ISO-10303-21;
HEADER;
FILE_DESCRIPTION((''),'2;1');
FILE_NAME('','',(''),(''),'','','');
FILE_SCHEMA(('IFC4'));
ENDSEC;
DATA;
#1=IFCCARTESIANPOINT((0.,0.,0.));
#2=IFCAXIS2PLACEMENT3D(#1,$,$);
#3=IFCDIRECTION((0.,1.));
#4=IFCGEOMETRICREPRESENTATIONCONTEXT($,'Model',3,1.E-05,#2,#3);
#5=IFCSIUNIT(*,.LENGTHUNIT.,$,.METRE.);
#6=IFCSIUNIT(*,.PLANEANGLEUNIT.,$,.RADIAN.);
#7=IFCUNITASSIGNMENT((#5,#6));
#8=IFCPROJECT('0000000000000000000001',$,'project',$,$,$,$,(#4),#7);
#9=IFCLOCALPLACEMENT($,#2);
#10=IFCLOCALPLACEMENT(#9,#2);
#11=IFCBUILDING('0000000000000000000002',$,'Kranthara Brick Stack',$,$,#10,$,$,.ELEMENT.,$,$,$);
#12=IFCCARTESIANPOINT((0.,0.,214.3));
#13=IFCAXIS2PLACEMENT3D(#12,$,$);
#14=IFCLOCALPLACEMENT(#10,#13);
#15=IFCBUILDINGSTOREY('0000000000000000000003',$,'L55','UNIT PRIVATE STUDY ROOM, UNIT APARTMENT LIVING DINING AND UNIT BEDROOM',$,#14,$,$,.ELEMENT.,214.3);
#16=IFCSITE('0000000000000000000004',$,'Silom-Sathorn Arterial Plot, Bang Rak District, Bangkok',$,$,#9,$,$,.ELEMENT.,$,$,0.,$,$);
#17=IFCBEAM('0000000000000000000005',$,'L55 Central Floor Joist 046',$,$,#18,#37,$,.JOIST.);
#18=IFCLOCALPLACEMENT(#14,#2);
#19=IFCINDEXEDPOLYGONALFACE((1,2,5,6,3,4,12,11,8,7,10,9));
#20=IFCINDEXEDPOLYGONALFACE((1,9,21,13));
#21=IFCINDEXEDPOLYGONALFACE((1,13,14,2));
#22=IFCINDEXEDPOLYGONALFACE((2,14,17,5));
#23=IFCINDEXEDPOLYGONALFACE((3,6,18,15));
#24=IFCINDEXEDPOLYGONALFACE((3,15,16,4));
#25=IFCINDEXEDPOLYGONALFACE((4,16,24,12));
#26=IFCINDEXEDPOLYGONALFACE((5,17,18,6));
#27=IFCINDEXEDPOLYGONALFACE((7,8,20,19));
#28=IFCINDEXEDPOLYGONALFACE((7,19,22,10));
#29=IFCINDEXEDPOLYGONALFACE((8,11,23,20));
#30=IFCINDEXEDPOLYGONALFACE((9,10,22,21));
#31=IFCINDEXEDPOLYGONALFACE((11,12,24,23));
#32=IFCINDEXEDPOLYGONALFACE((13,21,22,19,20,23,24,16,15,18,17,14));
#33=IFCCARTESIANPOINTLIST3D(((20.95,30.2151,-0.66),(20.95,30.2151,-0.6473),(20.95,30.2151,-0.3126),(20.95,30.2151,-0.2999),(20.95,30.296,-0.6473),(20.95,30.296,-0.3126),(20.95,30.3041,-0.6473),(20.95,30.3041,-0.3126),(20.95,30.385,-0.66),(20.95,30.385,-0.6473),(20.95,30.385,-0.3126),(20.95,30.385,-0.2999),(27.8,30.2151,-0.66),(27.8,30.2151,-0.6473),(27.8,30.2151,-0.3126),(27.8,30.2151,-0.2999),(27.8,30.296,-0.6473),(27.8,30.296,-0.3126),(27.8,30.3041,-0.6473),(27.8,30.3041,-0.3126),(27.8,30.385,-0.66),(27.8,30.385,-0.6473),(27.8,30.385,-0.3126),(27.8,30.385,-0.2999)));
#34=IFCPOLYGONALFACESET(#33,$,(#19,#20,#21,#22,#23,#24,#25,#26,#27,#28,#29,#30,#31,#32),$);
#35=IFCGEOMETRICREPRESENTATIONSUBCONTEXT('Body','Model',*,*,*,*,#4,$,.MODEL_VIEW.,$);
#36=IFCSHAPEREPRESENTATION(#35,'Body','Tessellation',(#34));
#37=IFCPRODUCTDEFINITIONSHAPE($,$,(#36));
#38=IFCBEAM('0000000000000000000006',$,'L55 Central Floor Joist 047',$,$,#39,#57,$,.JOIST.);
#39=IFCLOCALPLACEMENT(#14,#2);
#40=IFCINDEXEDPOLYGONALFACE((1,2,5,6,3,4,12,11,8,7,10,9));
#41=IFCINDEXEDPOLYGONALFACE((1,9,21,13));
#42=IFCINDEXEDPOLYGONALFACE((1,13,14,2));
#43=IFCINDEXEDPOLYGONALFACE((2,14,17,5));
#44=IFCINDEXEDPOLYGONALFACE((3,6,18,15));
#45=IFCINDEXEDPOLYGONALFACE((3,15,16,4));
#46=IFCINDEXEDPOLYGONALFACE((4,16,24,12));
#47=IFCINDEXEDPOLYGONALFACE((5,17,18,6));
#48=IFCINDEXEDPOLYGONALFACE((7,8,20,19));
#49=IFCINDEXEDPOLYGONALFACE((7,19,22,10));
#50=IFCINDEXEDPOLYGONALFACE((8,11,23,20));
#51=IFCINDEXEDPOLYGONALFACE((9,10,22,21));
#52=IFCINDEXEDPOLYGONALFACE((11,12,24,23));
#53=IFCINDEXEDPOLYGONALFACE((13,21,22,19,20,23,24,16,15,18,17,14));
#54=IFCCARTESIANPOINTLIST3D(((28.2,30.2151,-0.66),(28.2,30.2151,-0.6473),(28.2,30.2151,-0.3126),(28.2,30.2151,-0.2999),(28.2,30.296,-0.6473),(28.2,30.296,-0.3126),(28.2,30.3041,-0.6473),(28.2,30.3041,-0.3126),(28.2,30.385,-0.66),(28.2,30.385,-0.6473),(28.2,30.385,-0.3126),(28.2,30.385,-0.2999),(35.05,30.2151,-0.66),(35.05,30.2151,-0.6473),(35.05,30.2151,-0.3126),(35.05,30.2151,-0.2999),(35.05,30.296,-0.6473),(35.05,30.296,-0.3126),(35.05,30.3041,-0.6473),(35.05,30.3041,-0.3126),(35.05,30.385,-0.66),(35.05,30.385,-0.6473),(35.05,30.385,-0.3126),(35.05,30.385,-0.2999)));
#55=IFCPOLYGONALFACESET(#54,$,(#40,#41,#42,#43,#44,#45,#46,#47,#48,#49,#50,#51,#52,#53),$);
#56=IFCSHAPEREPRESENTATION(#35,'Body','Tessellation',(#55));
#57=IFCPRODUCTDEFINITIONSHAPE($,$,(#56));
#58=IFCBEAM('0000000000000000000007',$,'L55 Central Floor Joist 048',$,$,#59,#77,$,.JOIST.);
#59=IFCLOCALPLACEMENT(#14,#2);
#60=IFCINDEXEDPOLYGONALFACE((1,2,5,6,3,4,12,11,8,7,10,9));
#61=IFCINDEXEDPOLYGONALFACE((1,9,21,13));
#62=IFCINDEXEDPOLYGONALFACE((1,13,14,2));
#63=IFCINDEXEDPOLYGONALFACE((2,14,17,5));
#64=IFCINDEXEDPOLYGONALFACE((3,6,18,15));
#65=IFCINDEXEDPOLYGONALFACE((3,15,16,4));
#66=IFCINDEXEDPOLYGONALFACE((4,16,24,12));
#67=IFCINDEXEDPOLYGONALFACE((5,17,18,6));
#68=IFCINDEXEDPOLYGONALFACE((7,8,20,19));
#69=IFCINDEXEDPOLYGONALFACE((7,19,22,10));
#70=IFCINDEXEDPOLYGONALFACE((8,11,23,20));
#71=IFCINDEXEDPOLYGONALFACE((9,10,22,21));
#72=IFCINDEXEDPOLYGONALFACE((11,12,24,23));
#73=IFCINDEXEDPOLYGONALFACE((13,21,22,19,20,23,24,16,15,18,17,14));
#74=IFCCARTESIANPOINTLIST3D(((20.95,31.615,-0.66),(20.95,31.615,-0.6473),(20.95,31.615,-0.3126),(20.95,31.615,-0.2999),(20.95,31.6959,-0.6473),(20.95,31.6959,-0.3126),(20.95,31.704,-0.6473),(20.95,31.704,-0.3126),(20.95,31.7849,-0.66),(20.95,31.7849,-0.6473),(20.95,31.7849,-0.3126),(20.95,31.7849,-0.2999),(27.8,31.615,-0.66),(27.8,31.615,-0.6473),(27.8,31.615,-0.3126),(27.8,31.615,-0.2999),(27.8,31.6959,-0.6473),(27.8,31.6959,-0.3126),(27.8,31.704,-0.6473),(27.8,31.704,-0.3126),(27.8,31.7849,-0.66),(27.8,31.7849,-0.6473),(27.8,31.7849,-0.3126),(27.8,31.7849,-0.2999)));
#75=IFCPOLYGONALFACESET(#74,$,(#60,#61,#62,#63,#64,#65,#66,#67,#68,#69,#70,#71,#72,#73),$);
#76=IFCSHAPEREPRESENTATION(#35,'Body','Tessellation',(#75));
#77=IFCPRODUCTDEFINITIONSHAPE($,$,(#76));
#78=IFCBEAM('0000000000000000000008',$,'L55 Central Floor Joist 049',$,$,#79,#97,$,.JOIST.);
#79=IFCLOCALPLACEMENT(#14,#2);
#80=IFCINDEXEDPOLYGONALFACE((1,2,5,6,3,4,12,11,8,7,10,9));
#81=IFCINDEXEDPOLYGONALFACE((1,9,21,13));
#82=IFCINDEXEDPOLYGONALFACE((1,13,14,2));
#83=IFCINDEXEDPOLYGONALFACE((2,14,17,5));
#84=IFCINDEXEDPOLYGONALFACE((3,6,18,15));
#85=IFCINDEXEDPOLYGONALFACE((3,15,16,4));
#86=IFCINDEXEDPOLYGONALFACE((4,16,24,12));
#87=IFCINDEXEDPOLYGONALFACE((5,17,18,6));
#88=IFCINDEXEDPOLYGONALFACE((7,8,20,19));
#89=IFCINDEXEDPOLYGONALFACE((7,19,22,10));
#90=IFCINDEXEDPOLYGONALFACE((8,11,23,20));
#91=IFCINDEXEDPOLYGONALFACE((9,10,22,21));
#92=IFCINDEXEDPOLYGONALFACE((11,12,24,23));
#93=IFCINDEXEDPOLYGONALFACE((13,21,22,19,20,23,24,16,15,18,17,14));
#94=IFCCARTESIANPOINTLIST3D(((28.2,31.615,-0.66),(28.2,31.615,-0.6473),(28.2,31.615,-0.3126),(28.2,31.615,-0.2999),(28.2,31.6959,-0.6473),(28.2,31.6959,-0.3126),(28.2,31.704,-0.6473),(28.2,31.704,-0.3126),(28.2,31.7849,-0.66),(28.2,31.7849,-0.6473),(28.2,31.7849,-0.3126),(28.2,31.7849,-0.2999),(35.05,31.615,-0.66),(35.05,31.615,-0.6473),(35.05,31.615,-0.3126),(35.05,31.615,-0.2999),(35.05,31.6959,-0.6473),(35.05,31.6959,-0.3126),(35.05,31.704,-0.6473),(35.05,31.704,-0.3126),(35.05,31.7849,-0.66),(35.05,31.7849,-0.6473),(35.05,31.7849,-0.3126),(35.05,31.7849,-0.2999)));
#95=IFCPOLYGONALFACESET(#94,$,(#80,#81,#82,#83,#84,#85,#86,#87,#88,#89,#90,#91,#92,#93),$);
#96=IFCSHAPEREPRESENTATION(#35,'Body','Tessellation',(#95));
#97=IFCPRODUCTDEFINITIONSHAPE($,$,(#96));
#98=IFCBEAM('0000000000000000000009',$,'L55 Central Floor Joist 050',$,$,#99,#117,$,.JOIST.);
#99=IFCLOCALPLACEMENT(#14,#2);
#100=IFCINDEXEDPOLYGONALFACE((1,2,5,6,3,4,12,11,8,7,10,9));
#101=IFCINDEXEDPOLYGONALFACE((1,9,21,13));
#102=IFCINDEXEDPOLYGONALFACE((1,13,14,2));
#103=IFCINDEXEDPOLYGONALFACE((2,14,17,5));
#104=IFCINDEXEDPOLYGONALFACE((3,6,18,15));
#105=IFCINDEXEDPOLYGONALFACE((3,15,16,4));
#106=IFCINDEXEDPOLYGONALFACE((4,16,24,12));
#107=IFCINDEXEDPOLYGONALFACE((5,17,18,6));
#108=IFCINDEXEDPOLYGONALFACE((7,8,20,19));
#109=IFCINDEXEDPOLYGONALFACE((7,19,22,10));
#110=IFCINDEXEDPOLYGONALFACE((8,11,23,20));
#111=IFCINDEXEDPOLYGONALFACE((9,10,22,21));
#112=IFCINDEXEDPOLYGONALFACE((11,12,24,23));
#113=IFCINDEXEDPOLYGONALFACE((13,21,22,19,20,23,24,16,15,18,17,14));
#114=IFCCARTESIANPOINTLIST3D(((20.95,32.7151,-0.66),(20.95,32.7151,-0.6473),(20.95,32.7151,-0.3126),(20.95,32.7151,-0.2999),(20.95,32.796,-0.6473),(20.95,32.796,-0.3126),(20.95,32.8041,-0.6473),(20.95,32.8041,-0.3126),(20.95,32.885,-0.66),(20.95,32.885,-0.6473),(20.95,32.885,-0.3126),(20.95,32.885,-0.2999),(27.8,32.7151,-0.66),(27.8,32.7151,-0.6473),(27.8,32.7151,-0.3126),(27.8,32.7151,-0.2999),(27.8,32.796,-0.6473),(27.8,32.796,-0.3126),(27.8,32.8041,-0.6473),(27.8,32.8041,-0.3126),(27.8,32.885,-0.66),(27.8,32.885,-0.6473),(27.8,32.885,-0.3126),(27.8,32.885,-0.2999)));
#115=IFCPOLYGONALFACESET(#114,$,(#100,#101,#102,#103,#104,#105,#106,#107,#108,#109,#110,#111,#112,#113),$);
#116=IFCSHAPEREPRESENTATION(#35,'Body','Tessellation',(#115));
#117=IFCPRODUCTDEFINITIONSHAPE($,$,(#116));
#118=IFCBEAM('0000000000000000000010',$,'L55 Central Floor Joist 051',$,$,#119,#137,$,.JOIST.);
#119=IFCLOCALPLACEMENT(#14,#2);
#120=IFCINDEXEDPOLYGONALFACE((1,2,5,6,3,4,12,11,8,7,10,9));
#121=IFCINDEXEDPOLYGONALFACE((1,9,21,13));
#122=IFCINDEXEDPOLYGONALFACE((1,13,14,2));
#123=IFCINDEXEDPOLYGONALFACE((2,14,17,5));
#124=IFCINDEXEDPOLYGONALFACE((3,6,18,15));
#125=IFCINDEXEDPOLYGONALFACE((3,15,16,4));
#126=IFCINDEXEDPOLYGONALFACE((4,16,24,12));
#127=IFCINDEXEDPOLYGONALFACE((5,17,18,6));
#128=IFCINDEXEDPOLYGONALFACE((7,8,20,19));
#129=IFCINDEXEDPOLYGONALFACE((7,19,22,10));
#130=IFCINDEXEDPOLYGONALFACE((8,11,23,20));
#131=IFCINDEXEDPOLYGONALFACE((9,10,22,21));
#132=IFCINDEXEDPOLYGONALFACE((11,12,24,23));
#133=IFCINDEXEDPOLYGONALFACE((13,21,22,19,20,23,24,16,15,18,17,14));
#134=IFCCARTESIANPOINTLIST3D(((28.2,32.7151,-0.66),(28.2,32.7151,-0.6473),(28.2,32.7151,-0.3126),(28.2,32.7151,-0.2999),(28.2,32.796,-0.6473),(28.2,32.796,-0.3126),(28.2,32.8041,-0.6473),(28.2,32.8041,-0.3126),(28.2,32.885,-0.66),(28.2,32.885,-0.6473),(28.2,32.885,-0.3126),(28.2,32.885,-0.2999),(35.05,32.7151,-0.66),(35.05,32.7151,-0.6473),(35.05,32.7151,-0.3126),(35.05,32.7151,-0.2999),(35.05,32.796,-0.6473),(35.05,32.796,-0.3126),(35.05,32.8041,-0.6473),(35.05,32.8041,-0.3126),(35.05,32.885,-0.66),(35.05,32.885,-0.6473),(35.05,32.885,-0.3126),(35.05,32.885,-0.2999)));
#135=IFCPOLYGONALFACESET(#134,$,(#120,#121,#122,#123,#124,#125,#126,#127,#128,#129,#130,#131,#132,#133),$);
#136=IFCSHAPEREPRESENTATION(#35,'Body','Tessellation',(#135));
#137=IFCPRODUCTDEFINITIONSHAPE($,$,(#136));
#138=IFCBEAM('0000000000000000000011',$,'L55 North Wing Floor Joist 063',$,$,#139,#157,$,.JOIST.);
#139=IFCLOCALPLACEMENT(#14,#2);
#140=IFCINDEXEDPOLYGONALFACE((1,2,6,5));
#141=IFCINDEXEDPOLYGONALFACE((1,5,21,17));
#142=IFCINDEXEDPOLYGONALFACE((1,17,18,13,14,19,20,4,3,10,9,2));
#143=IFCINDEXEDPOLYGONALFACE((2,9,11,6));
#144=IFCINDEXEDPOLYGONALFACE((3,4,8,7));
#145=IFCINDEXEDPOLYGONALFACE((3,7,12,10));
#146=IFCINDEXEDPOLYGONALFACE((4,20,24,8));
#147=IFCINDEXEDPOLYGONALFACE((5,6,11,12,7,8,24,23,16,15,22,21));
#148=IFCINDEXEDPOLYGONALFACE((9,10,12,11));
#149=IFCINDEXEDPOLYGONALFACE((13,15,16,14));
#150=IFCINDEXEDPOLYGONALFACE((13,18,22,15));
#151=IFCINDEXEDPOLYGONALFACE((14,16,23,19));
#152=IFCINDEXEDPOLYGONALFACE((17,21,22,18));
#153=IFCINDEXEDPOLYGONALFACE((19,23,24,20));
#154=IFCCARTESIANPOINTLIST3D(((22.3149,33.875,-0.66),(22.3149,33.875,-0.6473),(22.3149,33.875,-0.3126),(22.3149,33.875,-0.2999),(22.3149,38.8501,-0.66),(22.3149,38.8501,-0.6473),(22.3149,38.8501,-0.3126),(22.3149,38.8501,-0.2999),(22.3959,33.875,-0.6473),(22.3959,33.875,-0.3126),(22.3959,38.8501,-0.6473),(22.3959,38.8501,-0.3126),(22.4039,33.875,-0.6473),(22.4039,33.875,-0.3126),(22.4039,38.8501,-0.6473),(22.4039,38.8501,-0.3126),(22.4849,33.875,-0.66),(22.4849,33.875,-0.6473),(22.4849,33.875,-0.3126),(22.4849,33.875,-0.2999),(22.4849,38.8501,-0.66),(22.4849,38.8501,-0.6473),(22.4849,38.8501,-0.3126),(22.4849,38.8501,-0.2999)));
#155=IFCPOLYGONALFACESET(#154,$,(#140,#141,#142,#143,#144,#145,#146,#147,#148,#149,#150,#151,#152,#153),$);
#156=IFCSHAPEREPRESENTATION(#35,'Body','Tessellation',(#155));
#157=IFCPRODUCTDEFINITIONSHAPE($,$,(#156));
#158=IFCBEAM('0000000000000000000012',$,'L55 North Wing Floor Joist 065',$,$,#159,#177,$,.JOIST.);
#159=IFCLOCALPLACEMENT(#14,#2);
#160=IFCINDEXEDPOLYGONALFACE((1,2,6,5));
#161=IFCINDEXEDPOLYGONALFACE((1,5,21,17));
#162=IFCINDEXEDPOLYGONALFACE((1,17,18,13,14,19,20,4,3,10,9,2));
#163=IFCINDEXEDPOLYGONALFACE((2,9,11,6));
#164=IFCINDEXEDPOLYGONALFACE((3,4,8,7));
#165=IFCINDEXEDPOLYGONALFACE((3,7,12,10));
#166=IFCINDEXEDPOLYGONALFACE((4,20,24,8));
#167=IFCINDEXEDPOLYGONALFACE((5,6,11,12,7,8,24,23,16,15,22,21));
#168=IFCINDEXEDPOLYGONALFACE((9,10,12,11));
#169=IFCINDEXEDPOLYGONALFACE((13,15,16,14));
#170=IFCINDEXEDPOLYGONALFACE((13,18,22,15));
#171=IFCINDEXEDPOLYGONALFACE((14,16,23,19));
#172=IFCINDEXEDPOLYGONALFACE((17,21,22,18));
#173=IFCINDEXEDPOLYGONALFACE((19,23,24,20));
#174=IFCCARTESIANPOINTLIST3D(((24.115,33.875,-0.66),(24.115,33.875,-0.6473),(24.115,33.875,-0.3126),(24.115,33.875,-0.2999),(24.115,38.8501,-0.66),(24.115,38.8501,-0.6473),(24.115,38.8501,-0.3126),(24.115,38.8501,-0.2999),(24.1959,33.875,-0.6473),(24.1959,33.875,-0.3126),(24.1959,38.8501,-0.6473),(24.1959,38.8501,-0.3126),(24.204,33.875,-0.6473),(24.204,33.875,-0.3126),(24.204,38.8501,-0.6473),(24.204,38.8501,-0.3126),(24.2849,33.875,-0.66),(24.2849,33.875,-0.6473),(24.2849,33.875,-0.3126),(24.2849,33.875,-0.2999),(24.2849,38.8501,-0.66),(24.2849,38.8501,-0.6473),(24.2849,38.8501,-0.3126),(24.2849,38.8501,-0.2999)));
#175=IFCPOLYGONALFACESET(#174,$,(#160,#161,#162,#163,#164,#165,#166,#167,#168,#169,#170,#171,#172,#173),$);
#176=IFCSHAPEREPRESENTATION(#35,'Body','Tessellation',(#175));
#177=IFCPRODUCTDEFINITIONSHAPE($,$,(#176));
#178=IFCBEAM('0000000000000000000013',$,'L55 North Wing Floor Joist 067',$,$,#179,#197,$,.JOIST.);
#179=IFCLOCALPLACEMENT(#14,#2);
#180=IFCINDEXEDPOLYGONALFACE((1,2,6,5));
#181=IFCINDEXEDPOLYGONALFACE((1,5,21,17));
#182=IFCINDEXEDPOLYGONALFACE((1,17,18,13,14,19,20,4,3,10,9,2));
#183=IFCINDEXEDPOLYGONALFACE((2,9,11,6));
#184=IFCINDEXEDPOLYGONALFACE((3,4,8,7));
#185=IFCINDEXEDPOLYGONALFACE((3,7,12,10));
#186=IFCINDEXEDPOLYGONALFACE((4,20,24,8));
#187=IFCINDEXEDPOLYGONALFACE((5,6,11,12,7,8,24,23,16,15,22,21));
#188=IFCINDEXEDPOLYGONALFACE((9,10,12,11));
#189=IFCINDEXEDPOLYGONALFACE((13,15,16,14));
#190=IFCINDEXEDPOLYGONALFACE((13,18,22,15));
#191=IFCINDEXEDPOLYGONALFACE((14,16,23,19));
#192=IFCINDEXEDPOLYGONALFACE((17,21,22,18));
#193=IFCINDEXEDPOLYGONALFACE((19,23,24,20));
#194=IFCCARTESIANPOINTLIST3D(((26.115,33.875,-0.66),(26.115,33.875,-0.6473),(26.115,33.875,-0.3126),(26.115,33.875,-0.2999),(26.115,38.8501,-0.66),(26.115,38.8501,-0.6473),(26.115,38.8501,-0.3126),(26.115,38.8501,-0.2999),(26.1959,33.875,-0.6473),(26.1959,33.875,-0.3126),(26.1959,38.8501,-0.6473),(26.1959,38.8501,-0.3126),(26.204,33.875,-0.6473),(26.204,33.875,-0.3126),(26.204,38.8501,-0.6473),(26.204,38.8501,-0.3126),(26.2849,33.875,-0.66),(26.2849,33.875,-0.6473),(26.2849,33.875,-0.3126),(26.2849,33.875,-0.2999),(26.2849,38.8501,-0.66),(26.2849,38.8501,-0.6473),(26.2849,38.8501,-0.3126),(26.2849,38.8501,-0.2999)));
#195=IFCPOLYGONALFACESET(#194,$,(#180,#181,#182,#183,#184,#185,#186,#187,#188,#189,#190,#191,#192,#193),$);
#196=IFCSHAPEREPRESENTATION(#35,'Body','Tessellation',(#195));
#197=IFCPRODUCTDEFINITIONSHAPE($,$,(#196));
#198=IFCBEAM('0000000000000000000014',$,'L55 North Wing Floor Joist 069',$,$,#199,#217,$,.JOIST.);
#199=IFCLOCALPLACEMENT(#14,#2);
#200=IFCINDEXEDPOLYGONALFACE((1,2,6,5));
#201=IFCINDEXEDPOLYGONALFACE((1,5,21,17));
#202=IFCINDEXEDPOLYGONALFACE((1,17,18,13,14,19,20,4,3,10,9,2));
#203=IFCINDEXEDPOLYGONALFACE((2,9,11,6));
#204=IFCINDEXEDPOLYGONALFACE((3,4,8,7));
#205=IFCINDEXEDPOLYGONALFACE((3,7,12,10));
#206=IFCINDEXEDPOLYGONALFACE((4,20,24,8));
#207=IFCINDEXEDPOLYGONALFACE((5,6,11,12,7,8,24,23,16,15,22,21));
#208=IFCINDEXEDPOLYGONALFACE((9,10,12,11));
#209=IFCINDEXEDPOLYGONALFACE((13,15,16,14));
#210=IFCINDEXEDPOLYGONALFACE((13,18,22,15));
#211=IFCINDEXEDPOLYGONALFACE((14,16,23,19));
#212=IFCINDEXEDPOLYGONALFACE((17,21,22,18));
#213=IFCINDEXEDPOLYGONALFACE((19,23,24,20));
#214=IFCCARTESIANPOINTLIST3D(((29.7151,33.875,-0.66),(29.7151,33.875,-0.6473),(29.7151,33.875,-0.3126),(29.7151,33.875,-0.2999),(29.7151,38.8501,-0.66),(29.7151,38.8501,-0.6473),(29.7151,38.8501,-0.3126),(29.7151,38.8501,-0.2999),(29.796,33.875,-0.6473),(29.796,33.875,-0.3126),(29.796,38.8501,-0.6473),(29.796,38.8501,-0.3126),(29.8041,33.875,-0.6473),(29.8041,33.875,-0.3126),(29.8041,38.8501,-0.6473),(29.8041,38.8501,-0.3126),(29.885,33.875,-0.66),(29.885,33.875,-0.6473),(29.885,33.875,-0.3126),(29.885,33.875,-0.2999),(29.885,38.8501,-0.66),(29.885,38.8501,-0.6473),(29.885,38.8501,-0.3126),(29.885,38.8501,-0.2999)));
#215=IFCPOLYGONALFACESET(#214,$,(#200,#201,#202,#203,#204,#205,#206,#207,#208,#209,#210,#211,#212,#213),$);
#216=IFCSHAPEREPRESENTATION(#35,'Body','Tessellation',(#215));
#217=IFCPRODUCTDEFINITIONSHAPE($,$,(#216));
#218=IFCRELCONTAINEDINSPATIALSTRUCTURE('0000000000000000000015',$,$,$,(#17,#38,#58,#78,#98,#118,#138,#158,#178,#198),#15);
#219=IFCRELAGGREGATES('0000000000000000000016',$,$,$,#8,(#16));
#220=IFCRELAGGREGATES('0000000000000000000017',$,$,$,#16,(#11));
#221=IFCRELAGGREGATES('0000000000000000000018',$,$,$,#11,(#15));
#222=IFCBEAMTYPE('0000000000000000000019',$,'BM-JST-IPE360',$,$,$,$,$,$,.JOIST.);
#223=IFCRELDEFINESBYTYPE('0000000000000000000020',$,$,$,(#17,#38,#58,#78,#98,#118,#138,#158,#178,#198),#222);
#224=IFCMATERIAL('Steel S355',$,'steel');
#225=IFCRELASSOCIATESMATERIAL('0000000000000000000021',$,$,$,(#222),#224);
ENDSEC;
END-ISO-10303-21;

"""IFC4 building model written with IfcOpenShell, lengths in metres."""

from ifc_helpers import new_model, si_unit, direction, frame, origin, origin_2d, place, context, subcontext, project, spatial, i_section, extrude, material, material_profile, profile_set, type_object, element, save


model = new_model("IFC4")

# Units and contexts
model_context = context("Model", 3, precision=1e-05, world=origin(), true_north=direction((0.0, 1.0)))
body_context = subcontext(model_context, "Body", "Model", "MODEL_VIEW")
ifc_project = project(units=[si_unit("LENGTHUNIT", "METRE"), si_unit("PLANEANGLEUNIT", "RADIAN")], contexts=[model_context])

# Site, building, storey
site_placement = place(None, origin())
site = spatial("IfcSite", under=ifc_project, at=site_placement, Name="Silom-Sathorn Arterial Plot, Bang Rak District, Bangkok", CompositionType="ELEMENT", RefElevation=0.0)
building_placement = place(site_placement, origin())
building = spatial("IfcBuilding", under=site, at=building_placement, Name="Kranthara Brick Stack", CompositionType="ELEMENT")
storey_placement = place(building_placement, frame((0.0, 0.0, 214.3)))
storey = spatial("IfcBuildingStorey", under=building, at=storey_placement, Name="L55", Description="UNIT PRIVATE STUDY ROOM, UNIT APARTMENT LIVING DINING AND UNIT BEDROOM", CompositionType="ELEMENT", Elevation=214.3)

# Beams
ifc_material_1 = material(Name="Steel S355", Category="steel")
ifc_material_profile_1 = material_profile(ifc_material_1, i_section(OverallWidth=0.1699, OverallDepth=0.3601, WebThickness=0.0081, FlangeThickness=0.0127, at=origin_2d()), Name="IPE 360")
ifc_profile_set_1 = profile_set([ifc_material_profile_1], Name="Steel S355")
beam_type_1 = type_object("IfcBeamType", Name="BM-JST-IPE360", PredefinedType="JOIST", material=ifc_profile_set_1)
for number, where, z_axis, x_axis, name in (
    (1, (20.95, 30.3, -0.48), (1.0, 0.0, 0.0), (0.0, 1.0, 0.0), "L55 Central Floor Joist 046"),
    (2, (28.2, 30.3, -0.48), (1.0, 0.0, 0.0), (0.0, 1.0, 0.0), "L55 Central Floor Joist 047"),
    (3, (20.95, 31.7, -0.48), (1.0, 0.0, 0.0), (0.0, 1.0, 0.0), "L55 Central Floor Joist 048"),
    (4, (28.2, 31.7, -0.48), (1.0, 0.0, 0.0), (0.0, 1.0, 0.0), "L55 Central Floor Joist 049"),
    (5, (20.95, 32.8, -0.48), (1.0, 0.0, 0.0), (0.0, 1.0, 0.0), "L55 Central Floor Joist 050"),
    (6, (28.2, 32.8, -0.48), (1.0, 0.0, 0.0), (0.0, 1.0, 0.0), "L55 Central Floor Joist 051"),
):
    element("IfcBeam", number, at=place(storey_placement, frame(where, z_axis=z_axis, x_axis=x_axis)), inside=storey, type_object=beam_type_1, Name=name, PredefinedType="JOIST", context=body_context, shape_type="SweptSolid", body=[
        extrude(i_section(OverallWidth=0.1699, OverallDepth=0.3601, WebThickness=0.0081, FlangeThickness=0.0127, at=origin_2d()), origin(), (0.0, 0.0, 1.0), 6.8501),
    ])
for number, where, z_axis, x_axis, name in (
    (7, (22.3999, 33.875, -0.48), (0.0, 1.0, 0.0), (-1.0, 0.0, 0.0), "L55 North Wing Floor Joist 063"),
    (8, (24.2, 33.875, -0.48), (0.0, 1.0, 0.0), (-1.0, 0.0, 0.0), "L55 North Wing Floor Joist 065"),
    (9, (26.2, 33.875, -0.48), (0.0, 1.0, 0.0), (-1.0, 0.0, 0.0), "L55 North Wing Floor Joist 067"),
    (10, (29.8, 33.875, -0.48), (0.0, 1.0, 0.0), (-1.0, 0.0, 0.0), "L55 North Wing Floor Joist 069"),
):
    element("IfcBeam", number, at=place(storey_placement, frame(where, z_axis=z_axis, x_axis=x_axis)), inside=storey, type_object=beam_type_1, Name=name, PredefinedType="JOIST", context=body_context, shape_type="SweptSolid", body=[
        extrude(i_section(OverallWidth=0.1699, OverallDepth=0.3601, WebThickness=0.0081, FlangeThickness=0.0127, at=origin_2d()), origin(), (0.0, 0.0, 1.0), 4.9751),
    ])

save(model, "model.ifc")
